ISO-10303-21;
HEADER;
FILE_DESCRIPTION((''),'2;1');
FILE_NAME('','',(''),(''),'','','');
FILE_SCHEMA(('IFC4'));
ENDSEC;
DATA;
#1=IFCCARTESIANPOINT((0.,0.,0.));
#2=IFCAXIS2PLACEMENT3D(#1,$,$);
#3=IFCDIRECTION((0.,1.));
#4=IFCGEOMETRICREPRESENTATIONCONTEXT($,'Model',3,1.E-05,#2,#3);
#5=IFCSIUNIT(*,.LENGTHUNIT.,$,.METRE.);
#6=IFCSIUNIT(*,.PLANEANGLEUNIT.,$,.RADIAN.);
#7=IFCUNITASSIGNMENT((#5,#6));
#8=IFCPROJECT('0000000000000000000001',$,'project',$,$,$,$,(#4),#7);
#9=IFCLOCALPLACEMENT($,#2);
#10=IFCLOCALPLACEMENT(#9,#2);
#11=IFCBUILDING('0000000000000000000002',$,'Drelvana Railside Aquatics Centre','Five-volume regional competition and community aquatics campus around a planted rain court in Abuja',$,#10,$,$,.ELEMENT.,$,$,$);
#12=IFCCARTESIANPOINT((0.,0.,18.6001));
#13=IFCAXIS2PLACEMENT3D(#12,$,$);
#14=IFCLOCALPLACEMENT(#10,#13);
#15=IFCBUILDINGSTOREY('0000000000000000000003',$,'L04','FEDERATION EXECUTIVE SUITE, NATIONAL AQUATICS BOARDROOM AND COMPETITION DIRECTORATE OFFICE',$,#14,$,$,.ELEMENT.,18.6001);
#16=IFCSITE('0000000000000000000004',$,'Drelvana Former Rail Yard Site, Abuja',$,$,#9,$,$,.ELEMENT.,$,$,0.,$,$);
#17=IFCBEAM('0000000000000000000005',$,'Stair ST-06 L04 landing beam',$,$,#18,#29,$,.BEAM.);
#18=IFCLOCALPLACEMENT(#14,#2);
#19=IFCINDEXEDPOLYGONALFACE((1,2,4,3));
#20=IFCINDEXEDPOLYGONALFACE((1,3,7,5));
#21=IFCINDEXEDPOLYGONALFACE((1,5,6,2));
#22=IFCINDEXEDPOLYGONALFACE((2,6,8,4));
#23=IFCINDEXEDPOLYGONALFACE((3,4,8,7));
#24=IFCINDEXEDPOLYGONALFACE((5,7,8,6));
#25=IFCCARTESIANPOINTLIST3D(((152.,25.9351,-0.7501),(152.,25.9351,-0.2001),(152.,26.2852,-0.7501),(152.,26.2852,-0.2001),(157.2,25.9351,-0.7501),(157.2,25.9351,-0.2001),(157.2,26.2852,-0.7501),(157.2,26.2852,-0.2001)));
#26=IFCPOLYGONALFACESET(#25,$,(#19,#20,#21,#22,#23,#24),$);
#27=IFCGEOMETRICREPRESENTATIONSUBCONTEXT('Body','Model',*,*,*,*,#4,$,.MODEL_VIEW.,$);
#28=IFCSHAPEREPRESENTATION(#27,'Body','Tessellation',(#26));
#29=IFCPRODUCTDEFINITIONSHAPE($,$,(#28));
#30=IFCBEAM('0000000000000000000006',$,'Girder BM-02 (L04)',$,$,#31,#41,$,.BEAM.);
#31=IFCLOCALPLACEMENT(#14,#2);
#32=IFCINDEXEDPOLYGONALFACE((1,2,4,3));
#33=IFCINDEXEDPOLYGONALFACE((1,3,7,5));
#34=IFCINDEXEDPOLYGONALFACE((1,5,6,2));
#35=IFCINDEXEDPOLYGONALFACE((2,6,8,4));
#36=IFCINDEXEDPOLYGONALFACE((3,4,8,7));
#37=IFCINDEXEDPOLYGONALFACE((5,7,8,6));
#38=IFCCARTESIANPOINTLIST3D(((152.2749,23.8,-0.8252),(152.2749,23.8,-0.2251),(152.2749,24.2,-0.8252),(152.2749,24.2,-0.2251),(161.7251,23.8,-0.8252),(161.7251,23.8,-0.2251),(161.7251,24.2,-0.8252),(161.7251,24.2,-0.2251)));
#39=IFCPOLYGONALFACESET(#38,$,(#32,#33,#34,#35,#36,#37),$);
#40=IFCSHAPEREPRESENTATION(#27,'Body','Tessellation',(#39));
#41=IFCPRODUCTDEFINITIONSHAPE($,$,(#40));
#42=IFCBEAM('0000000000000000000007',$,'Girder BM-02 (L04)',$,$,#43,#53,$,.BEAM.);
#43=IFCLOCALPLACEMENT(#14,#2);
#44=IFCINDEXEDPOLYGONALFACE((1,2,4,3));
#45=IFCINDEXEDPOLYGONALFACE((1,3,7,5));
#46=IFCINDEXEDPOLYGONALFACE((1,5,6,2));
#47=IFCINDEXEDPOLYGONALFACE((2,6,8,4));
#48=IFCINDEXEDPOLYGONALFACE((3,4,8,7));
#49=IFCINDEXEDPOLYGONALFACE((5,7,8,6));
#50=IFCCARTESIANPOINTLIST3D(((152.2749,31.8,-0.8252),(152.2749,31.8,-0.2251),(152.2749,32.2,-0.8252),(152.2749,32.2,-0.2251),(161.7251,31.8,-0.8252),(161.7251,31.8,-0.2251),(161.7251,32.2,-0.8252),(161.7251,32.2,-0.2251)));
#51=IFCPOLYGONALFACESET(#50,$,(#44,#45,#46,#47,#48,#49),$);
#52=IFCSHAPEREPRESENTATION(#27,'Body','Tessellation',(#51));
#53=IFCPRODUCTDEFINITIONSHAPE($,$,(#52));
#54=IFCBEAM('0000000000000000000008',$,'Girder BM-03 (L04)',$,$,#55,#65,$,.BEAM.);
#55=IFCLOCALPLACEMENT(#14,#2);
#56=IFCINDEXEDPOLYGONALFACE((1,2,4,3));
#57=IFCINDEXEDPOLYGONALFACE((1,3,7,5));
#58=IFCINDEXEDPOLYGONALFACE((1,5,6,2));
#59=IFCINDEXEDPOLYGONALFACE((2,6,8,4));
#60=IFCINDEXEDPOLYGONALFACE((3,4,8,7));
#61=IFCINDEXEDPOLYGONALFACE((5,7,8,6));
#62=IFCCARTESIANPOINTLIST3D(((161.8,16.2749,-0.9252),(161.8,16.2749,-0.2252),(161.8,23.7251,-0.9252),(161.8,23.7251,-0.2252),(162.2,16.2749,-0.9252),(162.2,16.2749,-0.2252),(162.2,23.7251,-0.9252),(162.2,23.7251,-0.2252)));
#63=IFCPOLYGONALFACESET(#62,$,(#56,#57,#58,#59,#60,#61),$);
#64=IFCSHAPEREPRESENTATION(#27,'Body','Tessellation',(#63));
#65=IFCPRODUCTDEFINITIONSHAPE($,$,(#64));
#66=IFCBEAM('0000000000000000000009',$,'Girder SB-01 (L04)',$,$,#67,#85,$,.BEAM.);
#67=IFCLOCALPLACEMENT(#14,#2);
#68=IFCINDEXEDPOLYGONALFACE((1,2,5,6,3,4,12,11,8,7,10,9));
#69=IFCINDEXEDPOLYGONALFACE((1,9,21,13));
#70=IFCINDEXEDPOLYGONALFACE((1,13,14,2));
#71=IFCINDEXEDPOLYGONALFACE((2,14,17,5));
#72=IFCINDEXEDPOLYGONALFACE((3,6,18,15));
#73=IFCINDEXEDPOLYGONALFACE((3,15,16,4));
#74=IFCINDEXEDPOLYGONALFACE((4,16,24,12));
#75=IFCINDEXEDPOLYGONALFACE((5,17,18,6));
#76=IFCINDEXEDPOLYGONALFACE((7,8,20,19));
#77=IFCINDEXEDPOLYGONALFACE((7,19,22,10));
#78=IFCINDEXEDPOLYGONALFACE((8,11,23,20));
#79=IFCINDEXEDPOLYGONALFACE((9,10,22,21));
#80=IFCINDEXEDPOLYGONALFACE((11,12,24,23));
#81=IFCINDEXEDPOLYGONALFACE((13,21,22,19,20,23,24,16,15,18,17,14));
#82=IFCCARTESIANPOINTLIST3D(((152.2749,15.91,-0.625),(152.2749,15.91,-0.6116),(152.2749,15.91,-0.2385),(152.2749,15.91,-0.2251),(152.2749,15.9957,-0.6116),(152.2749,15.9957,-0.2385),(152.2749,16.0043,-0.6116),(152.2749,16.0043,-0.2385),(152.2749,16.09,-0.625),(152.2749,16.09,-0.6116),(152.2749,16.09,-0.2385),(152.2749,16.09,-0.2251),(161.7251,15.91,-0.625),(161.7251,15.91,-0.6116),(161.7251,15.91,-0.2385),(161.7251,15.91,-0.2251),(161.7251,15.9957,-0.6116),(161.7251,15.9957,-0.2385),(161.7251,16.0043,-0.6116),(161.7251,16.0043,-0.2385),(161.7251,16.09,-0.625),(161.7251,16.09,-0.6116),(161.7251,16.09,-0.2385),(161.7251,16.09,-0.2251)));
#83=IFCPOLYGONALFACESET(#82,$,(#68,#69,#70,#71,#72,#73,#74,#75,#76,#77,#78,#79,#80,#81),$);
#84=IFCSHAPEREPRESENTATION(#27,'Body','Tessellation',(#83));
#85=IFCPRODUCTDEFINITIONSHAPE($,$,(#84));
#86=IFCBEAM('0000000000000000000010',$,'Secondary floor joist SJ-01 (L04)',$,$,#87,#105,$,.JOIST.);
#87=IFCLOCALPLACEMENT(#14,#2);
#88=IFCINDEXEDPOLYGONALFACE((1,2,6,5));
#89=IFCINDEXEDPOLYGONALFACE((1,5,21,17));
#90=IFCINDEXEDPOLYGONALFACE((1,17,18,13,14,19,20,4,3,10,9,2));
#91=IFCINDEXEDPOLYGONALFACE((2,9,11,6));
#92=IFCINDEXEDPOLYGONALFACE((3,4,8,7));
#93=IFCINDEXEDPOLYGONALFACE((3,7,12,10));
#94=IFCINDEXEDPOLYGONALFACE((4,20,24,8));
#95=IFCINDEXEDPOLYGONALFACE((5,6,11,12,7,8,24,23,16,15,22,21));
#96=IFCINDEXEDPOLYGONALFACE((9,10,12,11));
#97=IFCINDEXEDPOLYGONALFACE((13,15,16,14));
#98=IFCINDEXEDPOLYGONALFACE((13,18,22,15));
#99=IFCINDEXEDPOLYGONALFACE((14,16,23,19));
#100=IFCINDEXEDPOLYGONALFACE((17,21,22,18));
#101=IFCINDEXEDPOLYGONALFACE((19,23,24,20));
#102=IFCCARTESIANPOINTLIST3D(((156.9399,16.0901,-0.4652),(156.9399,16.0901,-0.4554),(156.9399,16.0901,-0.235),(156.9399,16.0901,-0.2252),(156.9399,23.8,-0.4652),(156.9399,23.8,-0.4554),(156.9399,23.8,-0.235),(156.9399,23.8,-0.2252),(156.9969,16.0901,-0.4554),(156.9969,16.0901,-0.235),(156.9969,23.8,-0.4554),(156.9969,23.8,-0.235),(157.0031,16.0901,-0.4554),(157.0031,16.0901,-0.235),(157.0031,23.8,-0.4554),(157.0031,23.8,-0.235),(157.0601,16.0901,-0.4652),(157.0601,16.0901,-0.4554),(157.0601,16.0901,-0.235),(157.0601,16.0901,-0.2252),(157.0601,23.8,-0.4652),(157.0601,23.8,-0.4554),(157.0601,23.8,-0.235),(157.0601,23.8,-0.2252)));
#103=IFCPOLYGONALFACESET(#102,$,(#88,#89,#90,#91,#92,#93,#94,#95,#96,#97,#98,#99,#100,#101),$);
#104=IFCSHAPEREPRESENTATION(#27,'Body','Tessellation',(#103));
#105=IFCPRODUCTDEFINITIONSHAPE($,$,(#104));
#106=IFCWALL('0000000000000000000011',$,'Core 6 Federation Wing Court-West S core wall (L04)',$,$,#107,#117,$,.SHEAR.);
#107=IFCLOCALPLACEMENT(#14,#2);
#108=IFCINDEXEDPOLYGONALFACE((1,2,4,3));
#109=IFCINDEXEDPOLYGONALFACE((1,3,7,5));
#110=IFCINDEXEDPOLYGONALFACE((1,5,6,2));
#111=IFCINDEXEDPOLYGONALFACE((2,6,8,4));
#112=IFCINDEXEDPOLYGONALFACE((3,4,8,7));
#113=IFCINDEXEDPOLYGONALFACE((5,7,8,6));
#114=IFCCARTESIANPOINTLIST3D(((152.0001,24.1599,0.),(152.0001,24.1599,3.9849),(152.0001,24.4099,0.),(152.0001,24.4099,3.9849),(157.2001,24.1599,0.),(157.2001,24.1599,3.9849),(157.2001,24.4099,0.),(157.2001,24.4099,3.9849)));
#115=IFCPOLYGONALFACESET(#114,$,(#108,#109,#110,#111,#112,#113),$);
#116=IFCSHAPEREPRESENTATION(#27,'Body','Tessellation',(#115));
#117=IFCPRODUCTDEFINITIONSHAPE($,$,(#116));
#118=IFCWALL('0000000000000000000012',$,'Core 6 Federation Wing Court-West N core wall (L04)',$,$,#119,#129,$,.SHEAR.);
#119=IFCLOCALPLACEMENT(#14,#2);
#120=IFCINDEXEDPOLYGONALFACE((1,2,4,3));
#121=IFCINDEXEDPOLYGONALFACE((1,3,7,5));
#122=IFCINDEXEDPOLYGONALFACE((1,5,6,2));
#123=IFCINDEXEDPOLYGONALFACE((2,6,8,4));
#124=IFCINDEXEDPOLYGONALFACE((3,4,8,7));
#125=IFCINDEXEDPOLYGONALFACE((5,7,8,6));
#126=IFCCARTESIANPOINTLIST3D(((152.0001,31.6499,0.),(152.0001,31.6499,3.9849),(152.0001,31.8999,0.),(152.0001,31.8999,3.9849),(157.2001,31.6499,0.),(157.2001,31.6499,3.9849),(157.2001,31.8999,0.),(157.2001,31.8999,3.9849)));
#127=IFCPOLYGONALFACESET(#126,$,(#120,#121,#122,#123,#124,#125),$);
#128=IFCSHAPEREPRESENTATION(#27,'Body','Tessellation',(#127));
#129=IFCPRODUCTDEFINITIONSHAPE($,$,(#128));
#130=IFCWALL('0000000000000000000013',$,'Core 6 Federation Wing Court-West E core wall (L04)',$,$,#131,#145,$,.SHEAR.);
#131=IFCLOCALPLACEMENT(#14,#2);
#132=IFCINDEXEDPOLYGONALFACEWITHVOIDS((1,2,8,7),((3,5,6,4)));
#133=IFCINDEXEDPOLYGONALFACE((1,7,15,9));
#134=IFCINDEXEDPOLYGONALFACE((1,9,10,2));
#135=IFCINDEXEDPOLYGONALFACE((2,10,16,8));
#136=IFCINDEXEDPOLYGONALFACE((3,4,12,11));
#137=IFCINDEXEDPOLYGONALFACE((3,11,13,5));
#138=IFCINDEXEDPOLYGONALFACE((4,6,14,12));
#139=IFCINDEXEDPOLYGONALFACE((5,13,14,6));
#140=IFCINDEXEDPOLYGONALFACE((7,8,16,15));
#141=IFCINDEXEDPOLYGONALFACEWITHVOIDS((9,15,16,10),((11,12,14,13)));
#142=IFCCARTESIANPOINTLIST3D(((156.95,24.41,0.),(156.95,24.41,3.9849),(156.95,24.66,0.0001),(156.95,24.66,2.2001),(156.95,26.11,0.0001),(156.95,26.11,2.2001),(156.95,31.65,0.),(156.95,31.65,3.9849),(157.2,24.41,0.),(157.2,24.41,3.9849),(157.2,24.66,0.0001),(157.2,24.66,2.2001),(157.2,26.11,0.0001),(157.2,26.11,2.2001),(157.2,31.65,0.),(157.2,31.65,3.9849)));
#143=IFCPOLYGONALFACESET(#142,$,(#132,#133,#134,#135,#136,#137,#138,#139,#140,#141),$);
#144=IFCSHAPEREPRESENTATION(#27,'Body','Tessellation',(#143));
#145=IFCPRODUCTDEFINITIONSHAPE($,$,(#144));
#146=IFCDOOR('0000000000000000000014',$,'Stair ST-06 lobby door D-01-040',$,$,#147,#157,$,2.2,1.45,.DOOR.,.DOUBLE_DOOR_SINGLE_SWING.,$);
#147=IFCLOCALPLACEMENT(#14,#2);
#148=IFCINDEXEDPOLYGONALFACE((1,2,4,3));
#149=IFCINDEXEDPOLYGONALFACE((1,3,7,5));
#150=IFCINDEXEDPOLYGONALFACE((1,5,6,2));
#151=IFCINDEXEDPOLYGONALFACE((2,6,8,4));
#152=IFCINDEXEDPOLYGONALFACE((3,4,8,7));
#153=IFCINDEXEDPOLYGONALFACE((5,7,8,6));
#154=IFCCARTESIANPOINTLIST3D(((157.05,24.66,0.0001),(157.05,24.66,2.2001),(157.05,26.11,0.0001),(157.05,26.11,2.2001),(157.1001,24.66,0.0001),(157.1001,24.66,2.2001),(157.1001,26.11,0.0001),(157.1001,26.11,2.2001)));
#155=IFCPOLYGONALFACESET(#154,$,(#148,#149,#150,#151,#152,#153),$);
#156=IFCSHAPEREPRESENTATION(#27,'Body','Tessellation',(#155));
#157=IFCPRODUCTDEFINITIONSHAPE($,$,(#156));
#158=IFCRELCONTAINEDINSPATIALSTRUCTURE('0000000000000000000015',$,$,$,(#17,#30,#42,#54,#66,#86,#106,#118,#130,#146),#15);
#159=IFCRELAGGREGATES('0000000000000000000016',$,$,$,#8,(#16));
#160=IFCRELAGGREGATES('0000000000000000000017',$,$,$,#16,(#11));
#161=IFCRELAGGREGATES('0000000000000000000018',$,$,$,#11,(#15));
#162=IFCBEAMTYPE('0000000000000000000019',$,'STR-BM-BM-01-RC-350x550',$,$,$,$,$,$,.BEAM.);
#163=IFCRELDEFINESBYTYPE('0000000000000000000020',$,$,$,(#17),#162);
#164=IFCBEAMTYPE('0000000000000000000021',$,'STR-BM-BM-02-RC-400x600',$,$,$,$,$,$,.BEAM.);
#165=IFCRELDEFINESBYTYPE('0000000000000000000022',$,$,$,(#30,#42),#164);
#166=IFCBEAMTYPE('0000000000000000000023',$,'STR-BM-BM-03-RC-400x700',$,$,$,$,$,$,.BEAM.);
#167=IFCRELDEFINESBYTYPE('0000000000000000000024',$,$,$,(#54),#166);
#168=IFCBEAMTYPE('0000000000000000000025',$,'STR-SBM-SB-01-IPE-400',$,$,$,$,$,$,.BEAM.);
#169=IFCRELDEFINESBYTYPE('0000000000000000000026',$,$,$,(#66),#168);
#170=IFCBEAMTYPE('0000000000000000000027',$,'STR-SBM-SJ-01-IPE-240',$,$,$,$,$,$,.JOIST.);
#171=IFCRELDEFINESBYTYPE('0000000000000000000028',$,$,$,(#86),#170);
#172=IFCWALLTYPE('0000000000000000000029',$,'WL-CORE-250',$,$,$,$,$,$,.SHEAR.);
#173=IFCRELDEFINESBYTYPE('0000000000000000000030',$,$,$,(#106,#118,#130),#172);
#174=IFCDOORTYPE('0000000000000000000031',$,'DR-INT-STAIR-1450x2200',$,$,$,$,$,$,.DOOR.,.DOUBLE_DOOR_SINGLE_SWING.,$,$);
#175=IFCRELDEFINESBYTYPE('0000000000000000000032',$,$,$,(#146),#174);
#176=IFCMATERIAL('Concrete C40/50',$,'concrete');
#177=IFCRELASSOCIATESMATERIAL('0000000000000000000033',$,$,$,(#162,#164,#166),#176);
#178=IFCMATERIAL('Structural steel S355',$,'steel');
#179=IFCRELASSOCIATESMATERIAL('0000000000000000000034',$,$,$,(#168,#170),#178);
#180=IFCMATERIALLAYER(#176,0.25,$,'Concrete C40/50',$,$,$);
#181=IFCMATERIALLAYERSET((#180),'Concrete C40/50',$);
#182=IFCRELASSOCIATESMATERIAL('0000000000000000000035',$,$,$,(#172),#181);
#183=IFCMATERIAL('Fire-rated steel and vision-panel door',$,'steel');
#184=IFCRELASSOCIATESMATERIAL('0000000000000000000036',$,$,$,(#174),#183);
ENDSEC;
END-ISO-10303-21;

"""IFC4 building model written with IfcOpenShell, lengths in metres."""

from ifc_helpers import new_model, si_unit, direction, frame, frame_2d, origin, origin_2d, place, context, subcontext, project, spatial, rectangle, i_section, extrude, material, layer, layer_set, material_profile, profile_set, type_object, element, fill, save


model = new_model("IFC4")

# Units and contexts
model_context = context("Model", 3, precision=1e-05, world=origin(), true_north=direction((0.0, 1.0)))
body_context = subcontext(model_context, "Body", "Model", "MODEL_VIEW")
ifc_project = project(units=[si_unit("LENGTHUNIT", "METRE"), si_unit("PLANEANGLEUNIT", "RADIAN")], contexts=[model_context])

# Site, building, storey
site_placement = place(None, origin())
site = spatial("IfcSite", under=ifc_project, at=site_placement, Name="Drelvana Former Rail Yard Site, Abuja", CompositionType="ELEMENT", RefElevation=0.0)
building_placement = place(site_placement, origin())
building = spatial("IfcBuilding", under=site, at=building_placement, Name="Drelvana Railside Aquatics Centre", Description="Five-volume regional competition and community aquatics campus around a planted rain court in Abuja", CompositionType="ELEMENT")
storey_placement = place(building_placement, frame((0.0, 0.0, 18.6001)))
storey = spatial("IfcBuildingStorey", under=building, at=storey_placement, Name="L04", Description="FEDERATION EXECUTIVE SUITE, NATIONAL AQUATICS BOARDROOM AND COMPETITION DIRECTORATE OFFICE", CompositionType="ELEMENT", Elevation=18.6001)

# Beams
ifc_material_1 = material(Name="Concrete C40/50", Category="concrete")
ifc_material_profile_1 = material_profile(ifc_material_1, rectangle(XDim=0.3501, YDim=0.55, at=origin_2d()), Name="RC 350x550")
ifc_profile_set_1 = profile_set([ifc_material_profile_1], Name="Concrete C40/50")
beam_type_1 = type_object("IfcBeamType", Name="STR-BM-BM-01-RC-350x550", PredefinedType="BEAM", material=ifc_profile_set_1)
beam_1_placement = place(storey_placement, frame((152.0, 26.1101, -0.4751), z_axis=(1.0, 0.0, 0.0), x_axis=(0.0, 1.0, 0.0)))
element("IfcBeam", 1, at=beam_1_placement, inside=storey, type_object=beam_type_1, Name="Stair ST-06 L04 landing beam", PredefinedType="BEAM", context=body_context, shape_type="SweptSolid", body=[
    extrude(rectangle(XDim=0.3501, YDim=0.55, at=origin_2d()), origin(), (0.0, 0.0, 1.0), 5.2),
])
ifc_material_profile_2 = material_profile(ifc_material_1, rectangle(XDim=0.3999, YDim=0.6001, at=origin_2d()), Name="RC 400x600")
ifc_profile_set_2 = profile_set([ifc_material_profile_2], Name="Concrete C40/50")
beam_type_2 = type_object("IfcBeamType", Name="STR-BM-BM-02-RC-400x600", PredefinedType="BEAM", material=ifc_profile_set_2)
for number, where, z_axis, x_axis, name in (
    (2, (152.2749, 24.0, -0.5251), (1.0, 0.0, 0.0), (0.0, 1.0, 0.0), "Girder BM-02 (L04)"),
    (3, (152.2749, 32.0, -0.5251), (1.0, 0.0, 0.0), (0.0, 1.0, 0.0), "Girder BM-02 (L04)"),
):
    element("IfcBeam", number, at=place(storey_placement, frame(where, z_axis=z_axis, x_axis=x_axis)), inside=storey, type_object=beam_type_2, Name=name, PredefinedType="BEAM", context=body_context, shape_type="SweptSolid", body=[
        extrude(rectangle(XDim=0.3999, YDim=0.6001, at=origin_2d()), origin(), (0.0, 0.0, 1.0), 9.4502),
    ])
ifc_material_profile_3 = material_profile(ifc_material_1, rectangle(XDim=0.3999, YDim=0.7, at=origin_2d()), Name="RC 400x700")
ifc_profile_set_3 = profile_set([ifc_material_profile_3], Name="Concrete C40/50")
beam_type_3 = type_object("IfcBeamType", Name="STR-BM-BM-03-RC-400x700", PredefinedType="BEAM", material=ifc_profile_set_3)
beam_2_placement = place(storey_placement, frame((162.0, 16.2749, -0.5752), z_axis=(0.0, 1.0, 0.0), x_axis=(-1.0, 0.0, 0.0)))
element("IfcBeam", 4, at=beam_2_placement, inside=storey, type_object=beam_type_3, Name="Girder BM-03 (L04)", PredefinedType="BEAM", context=body_context, shape_type="SweptSolid", body=[
    extrude(rectangle(XDim=0.3999, YDim=0.7, at=origin_2d()), origin(), (0.0, 0.0, 1.0), 7.4502),
])
ifc_material_2 = material(Name="Structural steel S355", Category="steel")
ifc_material_profile_4 = material_profile(ifc_material_2, i_section(OverallWidth=0.1799, OverallDepth=0.3999, WebThickness=0.0085, FlangeThickness=0.0134, at=origin_2d()), Name="IPE 400")
ifc_profile_set_4 = profile_set([ifc_material_profile_4], Name="Structural steel S355")
beam_type_4 = type_object("IfcBeamType", Name="STR-SBM-SB-01-IPE-400", PredefinedType="BEAM", material=ifc_profile_set_4)
beam_3_placement = place(storey_placement, frame((152.2749, 16.0, -0.425), z_axis=(1.0, 0.0, 0.0), x_axis=(0.0, 1.0, 0.0)))
element("IfcBeam", 5, at=beam_3_placement, inside=storey, type_object=beam_type_4, Name="Girder SB-01 (L04)", PredefinedType="BEAM", context=body_context, shape_type="SweptSolid", body=[
    extrude(i_section(OverallWidth=0.1799, OverallDepth=0.3999, WebThickness=0.0085, FlangeThickness=0.0134, at=origin_2d()), origin(), (0.0, 0.0, 1.0), 9.4502),
])
ifc_material_profile_5 = material_profile(ifc_material_2, i_section(OverallWidth=0.1201, OverallDepth=0.24, WebThickness=0.0061, FlangeThickness=0.0098, at=origin_2d()), Name="IPE 240")
ifc_profile_set_5 = profile_set([ifc_material_profile_5], Name="Structural steel S355")
beam_type_5 = type_object("IfcBeamType", Name="STR-SBM-SJ-01-IPE-240", PredefinedType="JOIST", material=ifc_profile_set_5)
beam_4_placement = place(storey_placement, frame((157.0, 16.0901, -0.3452), z_axis=(0.0, 1.0, 0.0), x_axis=(-1.0, 0.0, 0.0)))
element("IfcBeam", 6, at=beam_4_placement, inside=storey, type_object=beam_type_5, Name="Secondary floor joist SJ-01 (L04)", PredefinedType="JOIST", context=body_context, shape_type="SweptSolid", body=[
    extrude(i_section(OverallWidth=0.1201, OverallDepth=0.24, WebThickness=0.0061, FlangeThickness=0.0098, at=origin_2d()), origin(), (0.0, 0.0, 1.0), 7.71),
])

# Walls
ifc_layer_1 = layer(ifc_material_1, 0.25, Name="Concrete C40/50")
ifc_layer_set_1 = layer_set([ifc_layer_1], Name="Concrete C40/50")
wall_type_1 = type_object("IfcWallType", Name="WL-CORE-250", PredefinedType="SHEAR", material=ifc_layer_set_1)
for number, where, z_axis, x_axis, name in (
    (7, (152.0, 24.2849, 0.0), (0.0, 0.0, 1.0), (1.0, 0.0, 0.0), "Core 6 Federation Wing Court-West S core wall (L04)"),
    (8, (152.0, 31.7749, 0.0), (0.0, 0.0, 1.0), (1.0, 0.0, 0.0), "Core 6 Federation Wing Court-West N core wall (L04)"),
):
    element("IfcWall", number, at=place(storey_placement, frame(where, z_axis=z_axis, x_axis=x_axis)), inside=storey, type_object=wall_type_1, Name=name, PredefinedType="SHEAR", context=body_context, shape_type="SweptSolid", body=[
        extrude(rectangle(XDim=5.2, YDim=0.25, at=frame_2d((2.6001, 0.0))), origin(), (0.0, 0.0, 1.0), 3.9849),
    ])

# Wall, opening, door
wall_1_placement = place(storey_placement, frame((157.075, 24.4099, 0.0), z_axis=(0.0, 0.0, 1.0), x_axis=(0.0, 1.0, 0.0)))
wall_1 = element("IfcWall", 9, at=wall_1_placement, inside=storey, type_object=wall_type_1, Name="Core 6 Federation Wing Court-West E core wall (L04)", PredefinedType="SHEAR", context=body_context, shape_type="SweptSolid", body=[
    extrude(rectangle(XDim=7.24, YDim=0.25, at=frame_2d((3.6201, 0.0))), origin(), (0.0, 0.0, 1.0), 3.9849),
])
opening_1_placement = place(wall_1_placement, frame((0.25, 0.0, 0.0)))
opening_1 = element("IfcOpeningElement", 10, at=opening_1_placement, cuts=wall_1, PredefinedType="OPENING", context=body_context, shape_type="SweptSolid", body=[
    extrude(rectangle(XDim=1.45, YDim=2.2, at=frame_2d((0.7251, 1.1001))), frame((0.0, 0.135, 0.0), z_axis=(0.0, -1.0, 0.0), x_axis=(1.0, 0.0, 0.0)), (0.0, 0.0, 1.0), 0.27),
])
ifc_material_3 = material(Name="Fire-rated steel and vision-panel door", Category="steel")
door_type = type_object("IfcDoorType", Name="DR-INT-STAIR-1450x2200", OperationType="DOUBLE_DOOR_SINGLE_SWING", PredefinedType="DOOR", material=ifc_material_3)
door_placement = place(opening_1_placement, origin())
door = element("IfcDoor", 11, at=door_placement, inside=storey, type_object=door_type, Name="Stair ST-06 lobby door D-01-040", OperationType="DOUBLE_DOOR_SINGLE_SWING", OverallHeight=2.2, OverallWidth=1.45, PredefinedType="DOOR", context=body_context, shape_type="SweptSolid", body=[
    extrude(rectangle(XDim=1.45, YDim=2.2, at=frame_2d((0.7251, 1.1001))), frame((0.0, 0.0249, 0.0), z_axis=(0.0, -1.0, 0.0), x_axis=(1.0, 0.0, 0.0)), (0.0, 0.0, 1.0), 0.05),
])
fill(opening_1, door)

save(model, "model.ifc")
